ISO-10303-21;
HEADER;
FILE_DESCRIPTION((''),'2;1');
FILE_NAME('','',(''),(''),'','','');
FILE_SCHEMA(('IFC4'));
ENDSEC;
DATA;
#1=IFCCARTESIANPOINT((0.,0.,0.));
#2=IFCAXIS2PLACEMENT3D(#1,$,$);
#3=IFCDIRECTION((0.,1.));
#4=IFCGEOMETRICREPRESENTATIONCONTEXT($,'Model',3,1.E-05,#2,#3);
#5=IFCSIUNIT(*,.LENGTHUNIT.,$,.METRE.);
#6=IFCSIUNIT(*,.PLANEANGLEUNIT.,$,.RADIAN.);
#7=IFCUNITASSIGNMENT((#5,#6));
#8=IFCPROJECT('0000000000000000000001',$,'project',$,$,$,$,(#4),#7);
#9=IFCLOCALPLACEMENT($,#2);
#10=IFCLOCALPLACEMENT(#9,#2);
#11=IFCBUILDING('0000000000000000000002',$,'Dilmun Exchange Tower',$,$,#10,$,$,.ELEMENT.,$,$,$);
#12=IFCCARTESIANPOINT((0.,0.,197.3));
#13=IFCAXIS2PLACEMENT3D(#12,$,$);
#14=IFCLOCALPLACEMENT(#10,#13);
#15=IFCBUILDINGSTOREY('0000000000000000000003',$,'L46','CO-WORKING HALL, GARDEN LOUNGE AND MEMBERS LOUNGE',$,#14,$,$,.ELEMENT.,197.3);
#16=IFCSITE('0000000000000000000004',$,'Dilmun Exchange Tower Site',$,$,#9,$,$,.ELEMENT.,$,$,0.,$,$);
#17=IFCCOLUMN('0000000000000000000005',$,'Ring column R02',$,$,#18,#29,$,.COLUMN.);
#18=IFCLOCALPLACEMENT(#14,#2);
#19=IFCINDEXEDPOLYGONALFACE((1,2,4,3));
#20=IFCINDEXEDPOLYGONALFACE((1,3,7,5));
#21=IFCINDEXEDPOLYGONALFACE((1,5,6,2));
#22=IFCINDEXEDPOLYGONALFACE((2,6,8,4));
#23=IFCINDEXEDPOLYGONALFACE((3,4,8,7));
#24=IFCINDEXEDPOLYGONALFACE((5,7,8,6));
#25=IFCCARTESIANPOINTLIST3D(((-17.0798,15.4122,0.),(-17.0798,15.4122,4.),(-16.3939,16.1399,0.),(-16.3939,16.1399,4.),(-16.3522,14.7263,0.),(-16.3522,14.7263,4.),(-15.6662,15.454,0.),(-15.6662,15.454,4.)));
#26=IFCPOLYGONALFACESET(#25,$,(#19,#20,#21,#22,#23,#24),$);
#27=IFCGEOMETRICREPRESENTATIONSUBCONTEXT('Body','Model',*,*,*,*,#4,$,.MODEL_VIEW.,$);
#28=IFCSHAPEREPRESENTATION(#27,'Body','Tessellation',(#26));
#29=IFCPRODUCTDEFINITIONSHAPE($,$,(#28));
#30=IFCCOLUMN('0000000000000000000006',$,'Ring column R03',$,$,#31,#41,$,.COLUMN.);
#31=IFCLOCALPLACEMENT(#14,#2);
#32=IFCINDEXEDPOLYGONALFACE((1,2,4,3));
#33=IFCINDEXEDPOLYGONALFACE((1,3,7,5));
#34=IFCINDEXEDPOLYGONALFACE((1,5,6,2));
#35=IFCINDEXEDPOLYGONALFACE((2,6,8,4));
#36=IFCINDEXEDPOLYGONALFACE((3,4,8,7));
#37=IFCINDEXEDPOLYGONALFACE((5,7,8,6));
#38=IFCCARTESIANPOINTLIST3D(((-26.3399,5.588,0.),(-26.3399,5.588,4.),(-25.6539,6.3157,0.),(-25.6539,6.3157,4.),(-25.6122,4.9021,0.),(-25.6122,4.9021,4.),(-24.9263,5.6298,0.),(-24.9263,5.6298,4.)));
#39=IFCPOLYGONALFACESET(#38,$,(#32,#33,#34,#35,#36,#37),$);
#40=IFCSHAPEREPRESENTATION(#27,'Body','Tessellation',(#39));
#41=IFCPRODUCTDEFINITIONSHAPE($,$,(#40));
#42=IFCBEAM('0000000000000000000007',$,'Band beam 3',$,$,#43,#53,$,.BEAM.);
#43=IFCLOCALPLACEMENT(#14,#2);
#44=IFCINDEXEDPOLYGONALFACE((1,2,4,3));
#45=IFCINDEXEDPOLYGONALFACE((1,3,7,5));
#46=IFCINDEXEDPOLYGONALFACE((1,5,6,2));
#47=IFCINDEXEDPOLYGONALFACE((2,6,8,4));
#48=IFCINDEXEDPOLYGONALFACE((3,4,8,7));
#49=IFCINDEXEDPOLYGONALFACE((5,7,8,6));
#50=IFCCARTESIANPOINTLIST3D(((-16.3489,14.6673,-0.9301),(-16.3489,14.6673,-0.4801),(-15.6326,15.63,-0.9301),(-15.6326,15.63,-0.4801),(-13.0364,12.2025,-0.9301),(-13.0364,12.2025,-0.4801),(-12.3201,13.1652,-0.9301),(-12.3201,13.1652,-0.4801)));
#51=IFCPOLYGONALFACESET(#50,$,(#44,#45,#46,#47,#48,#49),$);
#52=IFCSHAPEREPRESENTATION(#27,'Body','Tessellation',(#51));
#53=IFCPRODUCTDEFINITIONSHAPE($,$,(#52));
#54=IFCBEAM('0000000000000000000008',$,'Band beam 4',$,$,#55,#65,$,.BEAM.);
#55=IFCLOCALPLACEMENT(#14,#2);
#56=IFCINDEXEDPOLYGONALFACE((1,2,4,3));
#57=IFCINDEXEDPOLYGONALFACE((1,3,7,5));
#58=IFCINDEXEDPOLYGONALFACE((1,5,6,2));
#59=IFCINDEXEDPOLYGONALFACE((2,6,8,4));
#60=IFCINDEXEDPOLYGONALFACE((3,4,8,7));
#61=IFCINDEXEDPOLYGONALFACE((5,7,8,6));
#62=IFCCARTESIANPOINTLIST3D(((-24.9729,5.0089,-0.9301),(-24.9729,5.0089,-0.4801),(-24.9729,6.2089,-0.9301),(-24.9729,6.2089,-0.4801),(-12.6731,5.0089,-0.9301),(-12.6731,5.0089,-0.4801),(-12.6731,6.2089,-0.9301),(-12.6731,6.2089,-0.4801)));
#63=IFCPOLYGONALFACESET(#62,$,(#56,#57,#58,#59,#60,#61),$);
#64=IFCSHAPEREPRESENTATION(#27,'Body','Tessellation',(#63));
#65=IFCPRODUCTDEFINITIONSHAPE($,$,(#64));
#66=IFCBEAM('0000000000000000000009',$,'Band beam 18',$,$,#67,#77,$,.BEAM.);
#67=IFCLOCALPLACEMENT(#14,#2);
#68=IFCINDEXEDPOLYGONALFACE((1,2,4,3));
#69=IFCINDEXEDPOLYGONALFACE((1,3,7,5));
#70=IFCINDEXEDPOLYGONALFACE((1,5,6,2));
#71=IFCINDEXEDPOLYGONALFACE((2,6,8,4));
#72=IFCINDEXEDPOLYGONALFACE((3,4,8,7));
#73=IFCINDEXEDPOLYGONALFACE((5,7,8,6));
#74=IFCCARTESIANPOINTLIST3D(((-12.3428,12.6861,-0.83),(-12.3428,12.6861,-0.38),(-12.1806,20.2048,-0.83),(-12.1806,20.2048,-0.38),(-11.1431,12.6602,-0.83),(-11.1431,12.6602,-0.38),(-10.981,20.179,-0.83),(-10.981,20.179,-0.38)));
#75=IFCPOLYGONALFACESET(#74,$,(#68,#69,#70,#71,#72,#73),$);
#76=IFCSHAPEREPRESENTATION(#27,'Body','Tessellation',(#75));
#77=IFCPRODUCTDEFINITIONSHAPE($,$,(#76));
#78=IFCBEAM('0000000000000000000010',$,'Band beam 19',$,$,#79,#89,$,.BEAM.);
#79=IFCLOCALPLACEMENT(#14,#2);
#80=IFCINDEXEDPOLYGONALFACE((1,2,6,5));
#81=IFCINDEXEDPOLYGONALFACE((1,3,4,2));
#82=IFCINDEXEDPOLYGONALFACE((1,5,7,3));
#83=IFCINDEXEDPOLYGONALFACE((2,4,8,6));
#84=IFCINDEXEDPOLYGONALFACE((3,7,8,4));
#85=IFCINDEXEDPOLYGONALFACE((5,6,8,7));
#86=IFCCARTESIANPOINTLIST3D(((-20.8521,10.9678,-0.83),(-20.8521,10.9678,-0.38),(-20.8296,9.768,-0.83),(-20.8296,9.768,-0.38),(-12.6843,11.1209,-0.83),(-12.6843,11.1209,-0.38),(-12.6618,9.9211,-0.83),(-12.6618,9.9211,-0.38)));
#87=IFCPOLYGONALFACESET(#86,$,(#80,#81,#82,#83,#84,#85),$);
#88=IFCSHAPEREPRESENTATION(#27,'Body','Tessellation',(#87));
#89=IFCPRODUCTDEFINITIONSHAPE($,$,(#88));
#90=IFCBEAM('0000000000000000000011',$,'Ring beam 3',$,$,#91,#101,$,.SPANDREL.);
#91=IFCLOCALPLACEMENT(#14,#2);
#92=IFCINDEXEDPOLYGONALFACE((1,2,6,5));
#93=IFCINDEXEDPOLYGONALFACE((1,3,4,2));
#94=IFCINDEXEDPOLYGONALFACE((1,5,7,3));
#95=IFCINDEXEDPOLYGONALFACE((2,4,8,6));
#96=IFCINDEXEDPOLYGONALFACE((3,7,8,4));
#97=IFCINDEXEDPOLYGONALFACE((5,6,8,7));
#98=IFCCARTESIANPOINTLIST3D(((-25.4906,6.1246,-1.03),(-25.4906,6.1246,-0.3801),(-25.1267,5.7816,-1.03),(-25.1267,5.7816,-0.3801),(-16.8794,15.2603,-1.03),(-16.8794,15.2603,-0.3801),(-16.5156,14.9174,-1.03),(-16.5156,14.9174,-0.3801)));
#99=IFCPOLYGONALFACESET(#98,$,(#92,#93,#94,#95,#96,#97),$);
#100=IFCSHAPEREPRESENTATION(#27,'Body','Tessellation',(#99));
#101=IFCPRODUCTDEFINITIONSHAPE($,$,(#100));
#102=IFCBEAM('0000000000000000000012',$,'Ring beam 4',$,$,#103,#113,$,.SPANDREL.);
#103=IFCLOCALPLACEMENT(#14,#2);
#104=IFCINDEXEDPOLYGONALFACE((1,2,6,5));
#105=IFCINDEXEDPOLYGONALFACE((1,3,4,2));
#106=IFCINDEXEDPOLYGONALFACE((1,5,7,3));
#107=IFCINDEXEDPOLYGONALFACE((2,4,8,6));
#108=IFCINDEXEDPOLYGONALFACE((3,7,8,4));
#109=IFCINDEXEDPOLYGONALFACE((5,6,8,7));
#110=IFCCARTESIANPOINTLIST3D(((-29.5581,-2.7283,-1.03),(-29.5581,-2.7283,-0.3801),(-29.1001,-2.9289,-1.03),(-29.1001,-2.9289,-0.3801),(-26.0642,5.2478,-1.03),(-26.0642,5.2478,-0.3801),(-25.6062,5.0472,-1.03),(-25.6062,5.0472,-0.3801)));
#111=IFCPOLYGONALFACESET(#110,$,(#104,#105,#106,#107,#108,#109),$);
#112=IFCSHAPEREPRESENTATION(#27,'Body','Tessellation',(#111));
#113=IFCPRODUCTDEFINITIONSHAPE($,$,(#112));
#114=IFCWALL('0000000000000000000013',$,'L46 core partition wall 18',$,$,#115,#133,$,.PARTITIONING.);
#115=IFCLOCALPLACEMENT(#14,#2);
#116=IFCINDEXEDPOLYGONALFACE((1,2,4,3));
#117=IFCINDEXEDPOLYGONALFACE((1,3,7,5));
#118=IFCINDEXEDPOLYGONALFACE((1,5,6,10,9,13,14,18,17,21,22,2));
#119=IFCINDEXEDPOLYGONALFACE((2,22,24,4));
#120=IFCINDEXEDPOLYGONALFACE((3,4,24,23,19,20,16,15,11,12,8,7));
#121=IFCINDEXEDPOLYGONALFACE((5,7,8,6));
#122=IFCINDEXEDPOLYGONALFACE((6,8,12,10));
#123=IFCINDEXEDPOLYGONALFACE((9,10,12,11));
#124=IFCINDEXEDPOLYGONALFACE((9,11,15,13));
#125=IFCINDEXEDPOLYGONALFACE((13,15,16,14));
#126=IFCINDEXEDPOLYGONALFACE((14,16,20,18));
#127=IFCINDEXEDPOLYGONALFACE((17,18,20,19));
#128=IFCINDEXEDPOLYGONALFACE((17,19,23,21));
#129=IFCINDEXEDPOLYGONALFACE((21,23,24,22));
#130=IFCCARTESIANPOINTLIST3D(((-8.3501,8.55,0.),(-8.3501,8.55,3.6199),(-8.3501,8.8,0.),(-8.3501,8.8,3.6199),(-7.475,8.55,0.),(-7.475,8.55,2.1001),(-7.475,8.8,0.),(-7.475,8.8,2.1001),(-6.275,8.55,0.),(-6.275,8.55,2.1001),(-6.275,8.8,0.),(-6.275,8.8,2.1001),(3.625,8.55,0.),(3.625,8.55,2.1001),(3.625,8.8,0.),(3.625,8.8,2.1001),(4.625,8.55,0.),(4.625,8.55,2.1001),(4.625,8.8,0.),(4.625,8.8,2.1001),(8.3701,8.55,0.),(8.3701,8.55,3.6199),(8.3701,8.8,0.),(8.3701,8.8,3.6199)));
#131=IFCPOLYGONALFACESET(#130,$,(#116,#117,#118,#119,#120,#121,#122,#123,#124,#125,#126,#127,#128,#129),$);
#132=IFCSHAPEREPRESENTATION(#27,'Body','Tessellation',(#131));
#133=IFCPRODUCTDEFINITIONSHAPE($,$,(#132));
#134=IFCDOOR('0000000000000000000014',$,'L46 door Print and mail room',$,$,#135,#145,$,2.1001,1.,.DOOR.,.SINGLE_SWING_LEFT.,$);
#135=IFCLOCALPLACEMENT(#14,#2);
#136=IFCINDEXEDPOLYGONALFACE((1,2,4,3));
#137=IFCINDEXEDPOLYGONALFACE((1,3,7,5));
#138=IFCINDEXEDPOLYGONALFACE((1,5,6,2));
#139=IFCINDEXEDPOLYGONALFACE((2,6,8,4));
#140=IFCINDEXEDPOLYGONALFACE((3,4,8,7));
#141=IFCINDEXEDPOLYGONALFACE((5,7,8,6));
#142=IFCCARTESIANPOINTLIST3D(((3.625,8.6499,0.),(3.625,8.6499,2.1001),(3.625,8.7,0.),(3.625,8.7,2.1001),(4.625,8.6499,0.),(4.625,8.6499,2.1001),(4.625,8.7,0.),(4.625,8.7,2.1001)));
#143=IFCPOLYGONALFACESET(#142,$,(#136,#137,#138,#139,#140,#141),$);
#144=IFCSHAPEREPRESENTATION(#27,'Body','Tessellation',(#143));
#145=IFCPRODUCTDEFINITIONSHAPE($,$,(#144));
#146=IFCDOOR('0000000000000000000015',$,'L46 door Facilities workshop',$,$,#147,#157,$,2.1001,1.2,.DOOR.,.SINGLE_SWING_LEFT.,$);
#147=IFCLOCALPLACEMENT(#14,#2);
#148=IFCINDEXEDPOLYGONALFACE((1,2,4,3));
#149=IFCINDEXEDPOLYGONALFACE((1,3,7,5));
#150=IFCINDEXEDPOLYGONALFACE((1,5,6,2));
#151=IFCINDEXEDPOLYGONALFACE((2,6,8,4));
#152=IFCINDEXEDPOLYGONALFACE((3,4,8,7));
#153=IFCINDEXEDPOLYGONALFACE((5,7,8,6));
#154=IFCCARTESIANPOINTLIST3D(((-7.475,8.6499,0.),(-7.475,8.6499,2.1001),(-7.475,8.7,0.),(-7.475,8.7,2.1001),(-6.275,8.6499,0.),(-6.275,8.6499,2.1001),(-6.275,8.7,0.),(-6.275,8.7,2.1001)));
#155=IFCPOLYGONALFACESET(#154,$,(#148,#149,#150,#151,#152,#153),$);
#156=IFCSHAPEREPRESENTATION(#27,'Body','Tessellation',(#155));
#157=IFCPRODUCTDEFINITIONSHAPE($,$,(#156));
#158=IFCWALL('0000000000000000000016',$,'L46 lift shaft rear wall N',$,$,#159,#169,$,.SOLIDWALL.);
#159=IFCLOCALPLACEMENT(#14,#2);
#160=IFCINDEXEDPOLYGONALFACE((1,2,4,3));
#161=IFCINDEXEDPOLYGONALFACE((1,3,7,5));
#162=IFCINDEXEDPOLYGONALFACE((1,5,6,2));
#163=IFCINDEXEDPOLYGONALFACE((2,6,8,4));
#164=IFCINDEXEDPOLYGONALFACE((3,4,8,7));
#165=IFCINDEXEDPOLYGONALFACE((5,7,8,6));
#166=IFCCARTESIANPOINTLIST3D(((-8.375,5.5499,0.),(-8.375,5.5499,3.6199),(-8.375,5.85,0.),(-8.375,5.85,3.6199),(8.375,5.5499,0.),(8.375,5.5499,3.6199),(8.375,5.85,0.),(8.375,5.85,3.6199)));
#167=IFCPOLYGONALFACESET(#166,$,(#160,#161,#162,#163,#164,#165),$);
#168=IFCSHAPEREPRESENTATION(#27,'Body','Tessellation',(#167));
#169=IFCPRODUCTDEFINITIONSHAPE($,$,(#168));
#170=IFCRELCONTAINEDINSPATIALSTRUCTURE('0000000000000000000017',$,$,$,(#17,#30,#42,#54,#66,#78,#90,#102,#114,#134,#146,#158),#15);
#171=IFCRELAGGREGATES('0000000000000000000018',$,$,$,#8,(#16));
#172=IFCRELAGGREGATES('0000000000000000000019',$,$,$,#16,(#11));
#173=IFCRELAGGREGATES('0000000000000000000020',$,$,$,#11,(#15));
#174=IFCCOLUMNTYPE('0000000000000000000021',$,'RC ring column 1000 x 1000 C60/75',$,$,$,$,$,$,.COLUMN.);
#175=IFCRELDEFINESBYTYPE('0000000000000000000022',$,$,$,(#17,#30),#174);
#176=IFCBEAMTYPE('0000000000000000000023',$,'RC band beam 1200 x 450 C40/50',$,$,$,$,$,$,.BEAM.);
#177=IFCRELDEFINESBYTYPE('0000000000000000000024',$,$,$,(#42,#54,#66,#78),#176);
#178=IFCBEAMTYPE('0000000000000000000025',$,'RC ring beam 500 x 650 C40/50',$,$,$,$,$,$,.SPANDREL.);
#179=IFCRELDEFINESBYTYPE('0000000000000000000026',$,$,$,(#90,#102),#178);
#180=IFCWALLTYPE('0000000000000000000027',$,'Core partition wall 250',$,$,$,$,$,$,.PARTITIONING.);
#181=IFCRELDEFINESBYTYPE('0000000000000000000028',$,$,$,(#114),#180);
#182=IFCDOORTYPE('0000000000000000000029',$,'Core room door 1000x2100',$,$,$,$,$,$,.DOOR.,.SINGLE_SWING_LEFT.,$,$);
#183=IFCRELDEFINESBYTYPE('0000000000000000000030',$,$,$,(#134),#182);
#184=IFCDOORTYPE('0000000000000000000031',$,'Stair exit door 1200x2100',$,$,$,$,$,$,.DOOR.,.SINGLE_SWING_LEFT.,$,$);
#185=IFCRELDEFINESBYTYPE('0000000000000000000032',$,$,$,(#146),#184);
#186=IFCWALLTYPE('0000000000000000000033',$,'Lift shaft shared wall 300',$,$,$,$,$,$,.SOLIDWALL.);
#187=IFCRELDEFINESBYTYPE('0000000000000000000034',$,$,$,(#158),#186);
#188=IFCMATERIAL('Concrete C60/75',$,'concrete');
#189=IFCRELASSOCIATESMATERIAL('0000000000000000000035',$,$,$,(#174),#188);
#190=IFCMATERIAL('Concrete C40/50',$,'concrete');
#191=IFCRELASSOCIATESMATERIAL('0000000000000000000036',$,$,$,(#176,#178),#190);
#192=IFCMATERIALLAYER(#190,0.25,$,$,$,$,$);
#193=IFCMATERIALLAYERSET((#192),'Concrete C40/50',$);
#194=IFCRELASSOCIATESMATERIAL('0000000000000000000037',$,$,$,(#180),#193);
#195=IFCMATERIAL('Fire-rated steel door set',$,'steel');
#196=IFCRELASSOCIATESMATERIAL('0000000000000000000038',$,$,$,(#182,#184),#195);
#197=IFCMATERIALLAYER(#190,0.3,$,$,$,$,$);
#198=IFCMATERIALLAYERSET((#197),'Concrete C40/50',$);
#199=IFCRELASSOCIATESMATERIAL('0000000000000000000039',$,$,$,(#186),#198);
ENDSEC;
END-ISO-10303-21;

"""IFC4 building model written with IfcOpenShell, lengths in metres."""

from ifc_helpers import new_model, si_unit, direction, frame, frame_2d, origin, origin_2d, place, context, subcontext, project, spatial, rectangle, extrude, material, layer, layer_set, material_profile, profile_set, type_object, element, fill, save


model = new_model("IFC4")

# Units and contexts
model_context = context("Model", 3, precision=1e-05, world=origin(), true_north=direction((0.0, 1.0)))
body_context = subcontext(model_context, "Body", "Model", "MODEL_VIEW")
ifc_project = project(units=[si_unit("LENGTHUNIT", "METRE"), si_unit("PLANEANGLEUNIT", "RADIAN")], contexts=[model_context])

# Site, building, storey
site_placement = place(None, origin())
site = spatial("IfcSite", under=ifc_project, at=site_placement, Name="Dilmun Exchange Tower Site", CompositionType="ELEMENT", RefElevation=0.0)
building_placement = place(site_placement, origin())
building = spatial("IfcBuilding", under=site, at=building_placement, Name="Dilmun Exchange Tower", CompositionType="ELEMENT")
storey_placement = place(building_placement, frame((0.0, 0.0, 197.3)))
storey = spatial("IfcBuildingStorey", under=building, at=storey_placement, Name="L46", Description="CO-WORKING HALL, GARDEN LOUNGE AND MEMBERS LOUNGE", CompositionType="ELEMENT", Elevation=197.3)

# Columns
ifc_material_1 = material(Name="Concrete C60/75", Category="concrete")
ifc_material_profile_1 = material_profile(ifc_material_1, rectangle(XDim=1.0, YDim=1.0, at=origin_2d()), Name="1000 x 1000")
ifc_profile_set_1 = profile_set([ifc_material_profile_1], Name="Concrete C60/75")
column_type = type_object("IfcColumnType", Name="RC ring column 1000 x 1000 C60/75", PredefinedType="COLUMN", material=ifc_profile_set_1)
for number, where, z_axis, x_axis, name in (
    (1, (-16.373, 15.4331, 0.0), (0.0, 0.0, 1.0), (0.685916, 0.727681, 0.0), "Ring column R02"),
    (2, (-25.6331, 5.6089, 0.0), (0.0, 0.0, 1.0), (0.685916, 0.727681, 0.0), "Ring column R03"),
):
    element("IfcColumn", number, at=place(storey_placement, frame(where, z_axis=z_axis, x_axis=x_axis)), inside=storey, type_object=column_type, Name=name, PredefinedType="COLUMN", context=body_context, shape_type="SweptSolid", body=[
        extrude(rectangle(XDim=1.0, YDim=1.0, at=origin_2d()), origin(), (0.0, 0.0, 1.0), 4.0),
    ])

# Beams
ifc_material_2 = material(Name="Concrete C40/50", Category="concrete")
ifc_material_profile_2 = material_profile(ifc_material_2, rectangle(XDim=1.2, YDim=0.45, at=origin_2d()), Name="1200 x 450")
ifc_profile_set_2 = profile_set([ifc_material_profile_2], Name="Concrete C40/50")
beam_type_1 = type_object("IfcBeamType", Name="RC band beam 1200 x 450 C40/50", PredefinedType="BEAM", material=ifc_profile_set_2)
beam_1_placement = place(storey_placement, frame((-15.9907, 15.1487, -0.7051), z_axis=(0.802265, -0.596968, 0.0), x_axis=(0.596968, 0.802265, 0.0)))
element("IfcBeam", 3, at=beam_1_placement, inside=storey, type_object=beam_type_1, Name="Band beam 3", PredefinedType="BEAM", context=body_context, shape_type="SweptSolid", body=[
    extrude(rectangle(XDim=1.2, YDim=0.45, at=origin_2d()), origin(), (0.0, 0.0, 1.0), 4.1289),
])
beam_2_placement = place(storey_placement, frame((-24.9729, 5.6089, -0.7051), z_axis=(1.0, 0.0, 0.0), x_axis=(0.0, 1.0, 0.0)))
element("IfcBeam", 4, at=beam_2_placement, inside=storey, type_object=beam_type_1, Name="Band beam 4", PredefinedType="BEAM", context=body_context, shape_type="SweptSolid", body=[
    extrude(rectangle(XDim=1.2, YDim=0.45, at=origin_2d()), origin(), (0.0, 0.0, 1.0), 12.2998),
])
beam_3_placement = place(storey_placement, frame((-11.5808, 20.1919, -0.605), z_axis=(-0.021556, -0.999768, 0.0), x_axis=(0.999768, -0.021556, 0.0)))
element("IfcBeam", 5, at=beam_3_placement, inside=storey, type_object=beam_type_1, Name="Band beam 18", PredefinedType="BEAM", context=body_context, shape_type="SweptSolid", body=[
    extrude(rectangle(XDim=1.2, YDim=0.45, at=origin_2d()), origin(), (0.0, 0.0, 1.0), 7.5205),
])
beam_4_placement = place(storey_placement, frame((-20.8408, 10.3679, -0.605), z_axis=(0.999824, 0.018738, 0.0), x_axis=(-0.018738, 0.999824, 0.0)))
element("IfcBeam", 6, at=beam_4_placement, inside=storey, type_object=beam_type_1, Name="Band beam 19", PredefinedType="BEAM", context=body_context, shape_type="SweptSolid", body=[
    extrude(rectangle(XDim=1.2, YDim=0.45, at=origin_2d()), origin(), (0.0, 0.0, 1.0), 8.1692),
])
ifc_material_profile_3 = material_profile(ifc_material_2, rectangle(XDim=0.5, YDim=0.6499, at=origin_2d()), Name="500 x 650")
ifc_profile_set_3 = profile_set([ifc_material_profile_3], Name="Concrete C40/50")
beam_type_2 = type_object("IfcBeamType", Name="RC ring beam 500 x 650 C40/50", PredefinedType="SPANDREL", material=ifc_profile_set_3)
beam_5_placement = place(storey_placement, frame((-16.6975, 15.0889, -0.7051), z_axis=(-0.685903, -0.727693, 0.0), x_axis=(0.727693, -0.685903, 0.0)))
element("IfcBeam", 7, at=beam_5_placement, inside=storey, type_object=beam_type_2, Name="Ring beam 3", PredefinedType="SPANDREL", context=body_context, shape_type="SweptSolid", body=[
    extrude(rectangle(XDim=0.5, YDim=0.6499, at=origin_2d()), origin(), (0.0, 0.0, 1.0), 12.5544),
])
beam_6_placement = place(storey_placement, frame((-25.8352, 5.1475, -0.7051), z_axis=(-0.401239, -0.915973, 0.0), x_axis=(0.915973, -0.401239, 0.0)))
element("IfcBeam", 8, at=beam_6_placement, inside=storey, type_object=beam_type_2, Name="Ring beam 4", PredefinedType="SPANDREL", context=body_context, shape_type="SweptSolid", body=[
    extrude(rectangle(XDim=0.5, YDim=0.6499, at=origin_2d()), origin(), (0.0, 0.0, 1.0), 8.7078),
])

# Wall, openings, doors
ifc_layer_1 = layer(ifc_material_2, 0.25)
ifc_layer_set_1 = layer_set([ifc_layer_1], Name="Concrete C40/50")
wall_type_1 = type_object("IfcWallType", Name="Core partition wall 250", PredefinedType="PARTITIONING", material=ifc_layer_set_1)
wall_1_placement = place(storey_placement, frame((-8.3501, 8.675, 0.0), z_axis=(0.0, 0.0, 1.0), x_axis=(1.0, 0.0, 0.0)))
wall_1 = element("IfcWall", 9, at=wall_1_placement, inside=storey, type_object=wall_type_1, Name="L46 core partition wall 18", PredefinedType="PARTITIONING", context=body_context, shape_type="SweptSolid", body=[
    extrude(rectangle(XDim=16.7202, YDim=0.25, at=frame_2d((8.3601, 0.0))), origin(), (0.0, 0.0, 1.0), 3.6199),
])
opening_1_placement = place(wall_1_placement, frame((0.875, 0.0, 0.0)))
opening_1 = element("IfcOpeningElement", 10, at=opening_1_placement, cuts=wall_1, PredefinedType="OPENING", context=body_context, shape_type="SweptSolid", body=[
    extrude(rectangle(XDim=1.2, YDim=2.1001, at=frame_2d((0.6001, 1.05))), frame((0.0, 0.135, 0.0), z_axis=(0.0, -1.0, 0.0), x_axis=(1.0, 0.0, 0.0)), (0.0, 0.0, 1.0), 0.27),
])
opening_2_placement = place(wall_1_placement, frame((11.9751, 0.0, 0.0)))
opening_2 = element("IfcOpeningElement", 11, at=opening_2_placement, cuts=wall_1, PredefinedType="OPENING", context=body_context, shape_type="SweptSolid", body=[
    extrude(rectangle(XDim=1.0, YDim=2.1001, at=frame_2d((0.5, 1.05))), frame((0.0, 0.135, 0.0), z_axis=(0.0, -1.0, 0.0), x_axis=(1.0, 0.0, 0.0)), (0.0, 0.0, 1.0), 0.27),
])
ifc_material_3 = material(Name="Fire-rated steel door set", Category="steel")
door_type_1 = type_object("IfcDoorType", Name="Core room door 1000x2100", OperationType="SINGLE_SWING_LEFT", PredefinedType="DOOR", material=ifc_material_3)
door_1_placement = place(opening_2_placement, origin())
door_1 = element("IfcDoor", 12, at=door_1_placement, inside=storey, type_object=door_type_1, Name="L46 door Print and mail room", OperationType="SINGLE_SWING_LEFT", OverallHeight=2.1001, OverallWidth=1.0, PredefinedType="DOOR", context=body_context, shape_type="SweptSolid", body=[
    extrude(rectangle(XDim=1.0, YDim=2.1001, at=frame_2d((0.5, 1.05))), frame((0.0, 0.0249, 0.0), z_axis=(0.0, -1.0, 0.0), x_axis=(1.0, 0.0, 0.0)), (0.0, 0.0, 1.0), 0.05),
])
fill(opening_2, door_1)
door_type_2 = type_object("IfcDoorType", Name="Stair exit door 1200x2100", OperationType="SINGLE_SWING_LEFT", PredefinedType="DOOR", material=ifc_material_3)
door_2_placement = place(opening_1_placement, origin())
door_2 = element("IfcDoor", 13, at=door_2_placement, inside=storey, type_object=door_type_2, Name="L46 door Facilities workshop", OperationType="SINGLE_SWING_LEFT", OverallHeight=2.1001, OverallWidth=1.2, PredefinedType="DOOR", context=body_context, shape_type="SweptSolid", body=[
    extrude(rectangle(XDim=1.2, YDim=2.1001, at=frame_2d((0.6001, 1.05))), frame((0.0, 0.0249, 0.0), z_axis=(0.0, -1.0, 0.0), x_axis=(1.0, 0.0, 0.0)), (0.0, 0.0, 1.0), 0.05),
])
fill(opening_1, door_2)

# Wall
ifc_layer_2 = layer(ifc_material_2, 0.3)
ifc_layer_set_2 = layer_set([ifc_layer_2], Name="Concrete C40/50")
wall_type_2 = type_object("IfcWallType", Name="Lift shaft shared wall 300", PredefinedType="SOLIDWALL", material=ifc_layer_set_2)
wall_2_placement = place(storey_placement, frame((-8.375, 5.7, 0.0), z_axis=(0.0, 0.0, 1.0), x_axis=(1.0, 0.0, 0.0)))
element("IfcWall", 14, at=wall_2_placement, inside=storey, type_object=wall_type_2, Name="L46 lift shaft rear wall N", PredefinedType="SOLIDWALL", context=body_context, shape_type="SweptSolid", body=[
    extrude(rectangle(XDim=16.75, YDim=0.3, at=frame_2d((8.375, 0.0))), origin(), (0.0, 0.0, 1.0), 3.6199),
])

save(model, "model.ifc")
